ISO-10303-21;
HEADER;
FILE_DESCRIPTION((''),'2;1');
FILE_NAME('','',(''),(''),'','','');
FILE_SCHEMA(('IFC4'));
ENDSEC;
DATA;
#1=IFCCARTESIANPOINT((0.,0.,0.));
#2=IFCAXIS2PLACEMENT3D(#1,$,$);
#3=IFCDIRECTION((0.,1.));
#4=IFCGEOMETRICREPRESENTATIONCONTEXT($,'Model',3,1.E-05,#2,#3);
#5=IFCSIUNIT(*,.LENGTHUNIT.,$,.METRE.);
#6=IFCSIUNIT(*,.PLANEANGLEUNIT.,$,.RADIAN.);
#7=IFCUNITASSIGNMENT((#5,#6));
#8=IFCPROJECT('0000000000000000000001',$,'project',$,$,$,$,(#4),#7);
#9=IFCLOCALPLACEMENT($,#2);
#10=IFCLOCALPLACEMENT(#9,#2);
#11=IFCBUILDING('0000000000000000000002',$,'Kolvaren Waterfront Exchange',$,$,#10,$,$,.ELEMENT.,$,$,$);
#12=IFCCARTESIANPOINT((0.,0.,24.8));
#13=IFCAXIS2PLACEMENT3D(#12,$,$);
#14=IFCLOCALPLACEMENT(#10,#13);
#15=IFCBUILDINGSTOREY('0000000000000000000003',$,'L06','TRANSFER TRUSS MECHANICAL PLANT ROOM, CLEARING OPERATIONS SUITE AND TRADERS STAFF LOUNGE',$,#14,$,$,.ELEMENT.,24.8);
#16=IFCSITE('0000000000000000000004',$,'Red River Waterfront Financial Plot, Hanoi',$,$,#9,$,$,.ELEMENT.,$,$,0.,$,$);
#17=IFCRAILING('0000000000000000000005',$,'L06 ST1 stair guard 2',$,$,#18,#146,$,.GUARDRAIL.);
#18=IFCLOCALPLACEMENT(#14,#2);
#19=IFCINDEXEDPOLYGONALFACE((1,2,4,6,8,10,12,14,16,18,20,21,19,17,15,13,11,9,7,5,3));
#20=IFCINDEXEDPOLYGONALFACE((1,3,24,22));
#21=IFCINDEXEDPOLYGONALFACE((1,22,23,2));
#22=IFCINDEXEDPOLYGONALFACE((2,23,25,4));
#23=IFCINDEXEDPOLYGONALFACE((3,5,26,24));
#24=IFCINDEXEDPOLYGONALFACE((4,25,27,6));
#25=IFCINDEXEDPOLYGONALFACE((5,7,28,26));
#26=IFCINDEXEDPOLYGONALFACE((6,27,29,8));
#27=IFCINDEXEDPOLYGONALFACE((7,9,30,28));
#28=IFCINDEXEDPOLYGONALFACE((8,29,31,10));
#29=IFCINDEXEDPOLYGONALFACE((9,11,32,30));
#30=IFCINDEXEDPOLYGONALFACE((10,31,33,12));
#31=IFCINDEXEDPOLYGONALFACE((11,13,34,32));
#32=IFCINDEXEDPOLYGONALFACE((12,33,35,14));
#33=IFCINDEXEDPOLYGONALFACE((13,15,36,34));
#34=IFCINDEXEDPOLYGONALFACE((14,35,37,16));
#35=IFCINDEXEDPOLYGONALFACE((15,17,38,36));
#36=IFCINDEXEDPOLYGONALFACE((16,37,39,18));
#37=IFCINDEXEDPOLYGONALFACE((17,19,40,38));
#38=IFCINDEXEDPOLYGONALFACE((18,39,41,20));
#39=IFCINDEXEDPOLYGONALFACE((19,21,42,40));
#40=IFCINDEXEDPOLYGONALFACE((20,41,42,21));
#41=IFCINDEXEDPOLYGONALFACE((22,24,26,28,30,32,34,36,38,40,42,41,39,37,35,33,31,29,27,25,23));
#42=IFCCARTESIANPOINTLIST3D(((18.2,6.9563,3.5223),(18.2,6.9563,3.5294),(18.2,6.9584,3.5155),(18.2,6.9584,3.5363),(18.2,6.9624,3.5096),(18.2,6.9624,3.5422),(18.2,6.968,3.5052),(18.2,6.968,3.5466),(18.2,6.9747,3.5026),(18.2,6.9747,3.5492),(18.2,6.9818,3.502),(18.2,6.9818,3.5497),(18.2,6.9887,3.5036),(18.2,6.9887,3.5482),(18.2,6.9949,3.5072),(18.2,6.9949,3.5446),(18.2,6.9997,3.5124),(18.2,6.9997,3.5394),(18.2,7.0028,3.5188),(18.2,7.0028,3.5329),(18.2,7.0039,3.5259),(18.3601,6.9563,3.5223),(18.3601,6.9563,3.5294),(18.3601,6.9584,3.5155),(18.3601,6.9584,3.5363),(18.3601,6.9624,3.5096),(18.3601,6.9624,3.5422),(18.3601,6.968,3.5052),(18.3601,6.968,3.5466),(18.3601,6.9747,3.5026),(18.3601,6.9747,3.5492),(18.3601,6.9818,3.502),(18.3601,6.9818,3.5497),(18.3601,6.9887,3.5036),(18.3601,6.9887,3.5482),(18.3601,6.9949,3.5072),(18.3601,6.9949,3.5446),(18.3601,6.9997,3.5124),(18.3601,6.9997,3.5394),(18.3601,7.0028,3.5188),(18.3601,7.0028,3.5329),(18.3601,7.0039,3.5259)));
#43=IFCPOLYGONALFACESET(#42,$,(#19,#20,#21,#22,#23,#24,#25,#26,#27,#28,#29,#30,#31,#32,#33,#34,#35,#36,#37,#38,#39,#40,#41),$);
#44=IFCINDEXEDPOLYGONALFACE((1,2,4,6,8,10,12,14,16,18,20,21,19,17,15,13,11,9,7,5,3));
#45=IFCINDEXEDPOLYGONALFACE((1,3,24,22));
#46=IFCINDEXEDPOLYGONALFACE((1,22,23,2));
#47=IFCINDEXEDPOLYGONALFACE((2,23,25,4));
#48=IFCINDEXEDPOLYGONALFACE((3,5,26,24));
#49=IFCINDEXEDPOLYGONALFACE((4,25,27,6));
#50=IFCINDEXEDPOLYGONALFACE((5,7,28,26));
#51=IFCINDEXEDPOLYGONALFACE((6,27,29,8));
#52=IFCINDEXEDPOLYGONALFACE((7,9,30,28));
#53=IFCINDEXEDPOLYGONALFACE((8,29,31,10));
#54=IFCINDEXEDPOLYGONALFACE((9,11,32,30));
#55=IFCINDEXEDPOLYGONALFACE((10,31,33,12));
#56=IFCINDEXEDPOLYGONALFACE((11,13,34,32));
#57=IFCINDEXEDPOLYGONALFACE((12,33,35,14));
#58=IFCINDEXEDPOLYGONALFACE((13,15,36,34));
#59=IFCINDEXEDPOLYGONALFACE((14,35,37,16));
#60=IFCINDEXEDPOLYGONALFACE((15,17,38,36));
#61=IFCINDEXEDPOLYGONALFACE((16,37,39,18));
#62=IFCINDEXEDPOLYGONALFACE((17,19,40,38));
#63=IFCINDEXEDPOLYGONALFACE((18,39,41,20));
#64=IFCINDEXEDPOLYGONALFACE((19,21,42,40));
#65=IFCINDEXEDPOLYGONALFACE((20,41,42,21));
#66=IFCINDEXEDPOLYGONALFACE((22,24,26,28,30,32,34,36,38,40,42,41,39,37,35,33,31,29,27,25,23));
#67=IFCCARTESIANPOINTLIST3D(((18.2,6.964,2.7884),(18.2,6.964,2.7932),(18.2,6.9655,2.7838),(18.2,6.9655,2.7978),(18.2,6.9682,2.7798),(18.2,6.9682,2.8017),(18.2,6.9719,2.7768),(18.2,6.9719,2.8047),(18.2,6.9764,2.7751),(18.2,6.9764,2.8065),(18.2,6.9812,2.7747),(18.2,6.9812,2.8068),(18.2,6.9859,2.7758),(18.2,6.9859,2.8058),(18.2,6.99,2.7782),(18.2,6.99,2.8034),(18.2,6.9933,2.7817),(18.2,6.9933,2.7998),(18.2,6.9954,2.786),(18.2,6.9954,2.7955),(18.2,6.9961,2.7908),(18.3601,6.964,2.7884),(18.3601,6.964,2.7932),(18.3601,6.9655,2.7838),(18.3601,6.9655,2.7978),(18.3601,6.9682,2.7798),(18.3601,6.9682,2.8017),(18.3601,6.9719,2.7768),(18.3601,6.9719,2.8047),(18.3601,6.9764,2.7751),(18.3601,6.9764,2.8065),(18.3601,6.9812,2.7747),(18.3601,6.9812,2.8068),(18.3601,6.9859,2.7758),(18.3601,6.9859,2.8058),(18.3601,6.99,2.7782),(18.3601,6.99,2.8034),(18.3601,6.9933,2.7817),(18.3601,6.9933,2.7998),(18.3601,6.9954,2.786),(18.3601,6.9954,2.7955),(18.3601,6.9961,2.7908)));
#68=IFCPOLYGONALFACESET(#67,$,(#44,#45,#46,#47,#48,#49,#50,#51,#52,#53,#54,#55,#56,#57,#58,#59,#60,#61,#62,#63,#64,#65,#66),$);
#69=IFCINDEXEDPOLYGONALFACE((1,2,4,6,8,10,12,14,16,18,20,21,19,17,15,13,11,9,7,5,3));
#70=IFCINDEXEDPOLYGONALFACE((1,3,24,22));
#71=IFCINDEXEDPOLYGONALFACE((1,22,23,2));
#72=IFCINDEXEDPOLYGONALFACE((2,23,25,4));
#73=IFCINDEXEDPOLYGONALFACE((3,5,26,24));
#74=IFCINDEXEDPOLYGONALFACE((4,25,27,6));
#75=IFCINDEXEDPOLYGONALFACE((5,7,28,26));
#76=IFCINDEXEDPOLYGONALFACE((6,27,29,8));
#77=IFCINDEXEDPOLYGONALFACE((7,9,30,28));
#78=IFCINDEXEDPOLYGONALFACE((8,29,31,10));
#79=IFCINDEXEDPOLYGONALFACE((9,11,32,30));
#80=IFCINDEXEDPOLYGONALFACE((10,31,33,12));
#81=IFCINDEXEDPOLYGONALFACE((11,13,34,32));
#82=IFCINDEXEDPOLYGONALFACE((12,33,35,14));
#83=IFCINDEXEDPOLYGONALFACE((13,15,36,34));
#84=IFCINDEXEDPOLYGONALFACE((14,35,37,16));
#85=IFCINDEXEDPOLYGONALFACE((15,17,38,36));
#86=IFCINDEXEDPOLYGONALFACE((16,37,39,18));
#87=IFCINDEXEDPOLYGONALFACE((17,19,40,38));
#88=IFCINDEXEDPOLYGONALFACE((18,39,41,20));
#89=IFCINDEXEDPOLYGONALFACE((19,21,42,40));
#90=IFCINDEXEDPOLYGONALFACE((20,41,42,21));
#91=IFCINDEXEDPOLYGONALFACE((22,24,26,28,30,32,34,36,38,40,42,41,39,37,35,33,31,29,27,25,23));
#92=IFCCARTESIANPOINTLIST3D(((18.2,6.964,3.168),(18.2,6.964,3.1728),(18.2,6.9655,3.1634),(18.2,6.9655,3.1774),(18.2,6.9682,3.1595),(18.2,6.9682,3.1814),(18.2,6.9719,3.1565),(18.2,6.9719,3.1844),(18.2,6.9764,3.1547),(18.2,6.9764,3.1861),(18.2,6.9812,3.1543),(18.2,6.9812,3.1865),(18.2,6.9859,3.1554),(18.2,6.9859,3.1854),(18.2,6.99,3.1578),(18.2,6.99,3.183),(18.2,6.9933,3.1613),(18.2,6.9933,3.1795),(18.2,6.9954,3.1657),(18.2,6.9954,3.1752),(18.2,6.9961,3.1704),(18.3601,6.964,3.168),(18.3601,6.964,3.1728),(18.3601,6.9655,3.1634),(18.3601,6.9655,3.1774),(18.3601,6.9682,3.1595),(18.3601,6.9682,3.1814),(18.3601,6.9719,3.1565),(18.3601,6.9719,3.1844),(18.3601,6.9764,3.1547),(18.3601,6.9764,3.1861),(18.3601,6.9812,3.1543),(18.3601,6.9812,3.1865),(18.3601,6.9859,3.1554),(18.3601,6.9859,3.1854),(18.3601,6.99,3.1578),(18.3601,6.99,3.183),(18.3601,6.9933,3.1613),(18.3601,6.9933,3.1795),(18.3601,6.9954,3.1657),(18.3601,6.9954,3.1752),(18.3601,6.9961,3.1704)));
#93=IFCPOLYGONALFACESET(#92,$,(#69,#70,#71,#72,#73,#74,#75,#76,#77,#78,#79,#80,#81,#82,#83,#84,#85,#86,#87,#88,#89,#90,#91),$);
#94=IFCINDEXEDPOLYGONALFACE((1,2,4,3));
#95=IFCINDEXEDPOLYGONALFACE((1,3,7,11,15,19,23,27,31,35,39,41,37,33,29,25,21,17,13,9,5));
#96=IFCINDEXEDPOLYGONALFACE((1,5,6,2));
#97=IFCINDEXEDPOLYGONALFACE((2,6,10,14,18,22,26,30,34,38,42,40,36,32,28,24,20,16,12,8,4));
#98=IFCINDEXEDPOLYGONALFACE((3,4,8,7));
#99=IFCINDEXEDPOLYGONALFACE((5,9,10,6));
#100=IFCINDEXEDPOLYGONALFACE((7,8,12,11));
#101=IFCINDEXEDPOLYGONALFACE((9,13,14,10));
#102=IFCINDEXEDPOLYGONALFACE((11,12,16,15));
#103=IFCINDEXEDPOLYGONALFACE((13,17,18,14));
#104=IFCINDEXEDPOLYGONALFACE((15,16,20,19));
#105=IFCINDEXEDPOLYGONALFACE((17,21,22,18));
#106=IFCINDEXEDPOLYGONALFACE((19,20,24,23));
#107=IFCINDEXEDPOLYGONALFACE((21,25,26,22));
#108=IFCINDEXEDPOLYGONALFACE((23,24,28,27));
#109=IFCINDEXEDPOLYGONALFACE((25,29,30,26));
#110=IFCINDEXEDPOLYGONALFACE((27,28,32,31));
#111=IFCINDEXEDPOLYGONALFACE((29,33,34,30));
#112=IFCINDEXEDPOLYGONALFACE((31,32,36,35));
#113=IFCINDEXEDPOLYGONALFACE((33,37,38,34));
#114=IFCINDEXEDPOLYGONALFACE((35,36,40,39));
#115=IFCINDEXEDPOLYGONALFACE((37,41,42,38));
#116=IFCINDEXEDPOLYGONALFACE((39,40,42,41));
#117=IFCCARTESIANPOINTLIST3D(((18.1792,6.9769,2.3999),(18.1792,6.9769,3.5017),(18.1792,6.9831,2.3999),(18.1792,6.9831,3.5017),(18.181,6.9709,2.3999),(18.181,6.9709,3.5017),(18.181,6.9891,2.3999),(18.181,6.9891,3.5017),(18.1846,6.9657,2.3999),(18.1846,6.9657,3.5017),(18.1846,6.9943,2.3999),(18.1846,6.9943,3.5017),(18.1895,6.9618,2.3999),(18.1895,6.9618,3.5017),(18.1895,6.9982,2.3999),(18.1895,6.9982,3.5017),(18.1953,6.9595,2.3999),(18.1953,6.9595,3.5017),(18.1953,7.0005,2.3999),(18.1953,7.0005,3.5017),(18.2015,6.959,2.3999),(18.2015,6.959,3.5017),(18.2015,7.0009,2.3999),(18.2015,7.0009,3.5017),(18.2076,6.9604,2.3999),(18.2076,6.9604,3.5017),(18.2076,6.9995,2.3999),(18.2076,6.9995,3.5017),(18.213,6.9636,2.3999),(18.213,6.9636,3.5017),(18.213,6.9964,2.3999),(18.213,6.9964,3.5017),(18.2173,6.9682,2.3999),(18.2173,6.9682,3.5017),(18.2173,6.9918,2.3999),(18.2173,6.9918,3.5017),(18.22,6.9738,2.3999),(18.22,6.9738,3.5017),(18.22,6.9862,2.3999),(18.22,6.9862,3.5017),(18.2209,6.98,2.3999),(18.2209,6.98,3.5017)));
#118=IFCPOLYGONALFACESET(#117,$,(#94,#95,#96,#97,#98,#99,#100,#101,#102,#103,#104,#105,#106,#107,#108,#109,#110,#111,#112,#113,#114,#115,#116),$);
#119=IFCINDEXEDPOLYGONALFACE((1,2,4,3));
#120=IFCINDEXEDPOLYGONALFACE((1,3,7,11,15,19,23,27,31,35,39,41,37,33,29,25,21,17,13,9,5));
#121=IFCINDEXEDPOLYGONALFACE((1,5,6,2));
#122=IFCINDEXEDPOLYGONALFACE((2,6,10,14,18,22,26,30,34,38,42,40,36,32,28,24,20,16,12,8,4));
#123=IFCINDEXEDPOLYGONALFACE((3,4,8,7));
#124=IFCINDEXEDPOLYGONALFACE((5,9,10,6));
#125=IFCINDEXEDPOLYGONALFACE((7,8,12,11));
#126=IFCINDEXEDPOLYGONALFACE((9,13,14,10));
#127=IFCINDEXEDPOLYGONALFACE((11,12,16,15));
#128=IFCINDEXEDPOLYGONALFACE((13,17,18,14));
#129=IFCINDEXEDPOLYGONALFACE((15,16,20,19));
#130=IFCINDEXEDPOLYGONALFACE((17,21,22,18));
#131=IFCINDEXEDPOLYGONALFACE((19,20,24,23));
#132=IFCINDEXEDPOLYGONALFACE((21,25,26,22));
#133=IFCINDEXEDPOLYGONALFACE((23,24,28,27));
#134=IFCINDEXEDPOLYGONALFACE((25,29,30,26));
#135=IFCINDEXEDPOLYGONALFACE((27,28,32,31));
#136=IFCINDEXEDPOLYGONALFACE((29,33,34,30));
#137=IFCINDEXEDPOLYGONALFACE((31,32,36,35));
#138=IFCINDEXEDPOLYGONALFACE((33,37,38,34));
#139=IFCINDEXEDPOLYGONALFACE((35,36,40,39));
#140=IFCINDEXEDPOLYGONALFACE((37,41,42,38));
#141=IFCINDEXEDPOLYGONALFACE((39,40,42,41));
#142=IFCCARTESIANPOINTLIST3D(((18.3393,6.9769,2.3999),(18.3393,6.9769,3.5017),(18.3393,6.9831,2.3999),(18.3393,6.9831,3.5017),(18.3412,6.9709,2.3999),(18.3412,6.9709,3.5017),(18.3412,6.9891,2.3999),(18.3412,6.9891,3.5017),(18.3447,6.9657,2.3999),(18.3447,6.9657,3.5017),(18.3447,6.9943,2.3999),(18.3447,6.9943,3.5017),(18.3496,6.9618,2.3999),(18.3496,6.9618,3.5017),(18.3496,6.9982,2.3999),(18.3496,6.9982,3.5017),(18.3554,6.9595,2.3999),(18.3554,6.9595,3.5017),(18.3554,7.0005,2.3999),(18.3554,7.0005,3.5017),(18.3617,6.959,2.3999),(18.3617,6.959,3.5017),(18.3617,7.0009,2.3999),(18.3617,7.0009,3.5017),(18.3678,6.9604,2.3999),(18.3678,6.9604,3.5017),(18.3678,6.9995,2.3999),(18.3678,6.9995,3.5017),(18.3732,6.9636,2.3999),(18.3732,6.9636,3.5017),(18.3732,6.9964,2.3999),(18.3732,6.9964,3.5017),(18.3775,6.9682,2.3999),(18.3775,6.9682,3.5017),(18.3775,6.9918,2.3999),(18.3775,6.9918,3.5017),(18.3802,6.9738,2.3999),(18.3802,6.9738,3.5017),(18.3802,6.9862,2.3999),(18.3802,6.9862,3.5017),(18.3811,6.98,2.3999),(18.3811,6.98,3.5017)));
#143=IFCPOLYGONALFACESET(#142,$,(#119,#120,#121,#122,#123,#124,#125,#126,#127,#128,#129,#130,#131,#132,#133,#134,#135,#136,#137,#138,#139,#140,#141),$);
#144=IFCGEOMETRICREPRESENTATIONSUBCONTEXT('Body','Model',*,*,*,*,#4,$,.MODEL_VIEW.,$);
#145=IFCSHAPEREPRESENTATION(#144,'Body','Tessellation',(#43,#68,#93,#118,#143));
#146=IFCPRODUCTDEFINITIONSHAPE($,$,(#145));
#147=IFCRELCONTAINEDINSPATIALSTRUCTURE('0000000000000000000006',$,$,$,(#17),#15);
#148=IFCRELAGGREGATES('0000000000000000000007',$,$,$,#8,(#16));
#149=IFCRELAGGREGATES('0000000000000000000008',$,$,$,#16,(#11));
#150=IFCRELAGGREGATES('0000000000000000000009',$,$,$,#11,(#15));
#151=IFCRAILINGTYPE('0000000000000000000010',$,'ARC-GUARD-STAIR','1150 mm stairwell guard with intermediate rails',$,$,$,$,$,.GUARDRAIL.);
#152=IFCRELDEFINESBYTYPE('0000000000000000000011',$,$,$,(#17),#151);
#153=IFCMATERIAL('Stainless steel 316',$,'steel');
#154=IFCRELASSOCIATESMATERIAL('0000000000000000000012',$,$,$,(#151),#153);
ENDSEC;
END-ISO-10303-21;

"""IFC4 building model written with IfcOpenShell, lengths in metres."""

from ifc_helpers import new_model, si_unit, direction, frame, origin, origin_2d, place, context, subcontext, project, spatial, circle, extrude, material, type_object, element, save


model = new_model("IFC4")

# Units and contexts
model_context = context("Model", 3, precision=1e-05, world=origin(), true_north=direction((0.0, 1.0)))
body_context = subcontext(model_context, "Body", "Model", "MODEL_VIEW")
ifc_project = project(units=[si_unit("LENGTHUNIT", "METRE"), si_unit("PLANEANGLEUNIT", "RADIAN")], contexts=[model_context])

# Site, building, storey
site_placement = place(None, origin())
site = spatial("IfcSite", under=ifc_project, at=site_placement, Name="Red River Waterfront Financial Plot, Hanoi", CompositionType="ELEMENT", RefElevation=0.0)
building_placement = place(site_placement, origin())
building = spatial("IfcBuilding", under=site, at=building_placement, Name="Kolvaren Waterfront Exchange", CompositionType="ELEMENT")
storey_placement = place(building_placement, frame((0.0, 0.0, 24.8)))
storey = spatial("IfcBuildingStorey", under=building, at=storey_placement, Name="L06", Description="TRANSFER TRUSS MECHANICAL PLANT ROOM, CLEARING OPERATIONS SUITE AND TRADERS STAFF LOUNGE", CompositionType="ELEMENT", Elevation=24.8)

# Railing
ifc_material_1 = material(Name="Stainless steel 316", Category="steel")
railing_type_1 = type_object("IfcRailingType", Name="ARC-GUARD-STAIR", Description="1150 mm stairwell guard with intermediate rails", PredefinedType="GUARDRAIL", material=ifc_material_1)
railing_1_placement = place(storey_placement, frame((18.2, 6.98, 2.3999)))
element("IfcRailing", 1, at=railing_1_placement, inside=storey, type_object=railing_type_1, Name="L06 ST1 stair guard 2", PredefinedType="GUARDRAIL", context=body_context, shape_type="SweptSolid", body=[
    extrude(circle(Radius=0.0239, at=origin_2d()), frame((0.0, 0.0, 1.126), z_axis=(1.0, 0.0, 0.0), x_axis=(0.0, 1.0, 0.0)), (0.0, 0.0, 1.0), 0.1602),
    extrude(circle(Radius=0.0161, at=origin_2d()), frame((0.0, 0.0, 0.3909), z_axis=(1.0, 0.0, 0.0), x_axis=(0.0, 1.0, 0.0)), (0.0, 0.0, 1.0), 0.1602),
    extrude(circle(Radius=0.0161, at=origin_2d()), frame((0.0, 0.0, 0.7705), z_axis=(1.0, 0.0, 0.0), x_axis=(0.0, 1.0, 0.0)), (0.0, 0.0, 1.0), 0.1602),
    extrude(circle(Radius=0.021, at=origin_2d()), origin(), (0.0, 0.0, 1.0), 1.1018),
    extrude(circle(Radius=0.021, at=origin_2d()), frame((0.1602, 0.0, 0.0)), (0.0, 0.0, 1.0), 1.1018),
])

save(model, "model.ifc")
